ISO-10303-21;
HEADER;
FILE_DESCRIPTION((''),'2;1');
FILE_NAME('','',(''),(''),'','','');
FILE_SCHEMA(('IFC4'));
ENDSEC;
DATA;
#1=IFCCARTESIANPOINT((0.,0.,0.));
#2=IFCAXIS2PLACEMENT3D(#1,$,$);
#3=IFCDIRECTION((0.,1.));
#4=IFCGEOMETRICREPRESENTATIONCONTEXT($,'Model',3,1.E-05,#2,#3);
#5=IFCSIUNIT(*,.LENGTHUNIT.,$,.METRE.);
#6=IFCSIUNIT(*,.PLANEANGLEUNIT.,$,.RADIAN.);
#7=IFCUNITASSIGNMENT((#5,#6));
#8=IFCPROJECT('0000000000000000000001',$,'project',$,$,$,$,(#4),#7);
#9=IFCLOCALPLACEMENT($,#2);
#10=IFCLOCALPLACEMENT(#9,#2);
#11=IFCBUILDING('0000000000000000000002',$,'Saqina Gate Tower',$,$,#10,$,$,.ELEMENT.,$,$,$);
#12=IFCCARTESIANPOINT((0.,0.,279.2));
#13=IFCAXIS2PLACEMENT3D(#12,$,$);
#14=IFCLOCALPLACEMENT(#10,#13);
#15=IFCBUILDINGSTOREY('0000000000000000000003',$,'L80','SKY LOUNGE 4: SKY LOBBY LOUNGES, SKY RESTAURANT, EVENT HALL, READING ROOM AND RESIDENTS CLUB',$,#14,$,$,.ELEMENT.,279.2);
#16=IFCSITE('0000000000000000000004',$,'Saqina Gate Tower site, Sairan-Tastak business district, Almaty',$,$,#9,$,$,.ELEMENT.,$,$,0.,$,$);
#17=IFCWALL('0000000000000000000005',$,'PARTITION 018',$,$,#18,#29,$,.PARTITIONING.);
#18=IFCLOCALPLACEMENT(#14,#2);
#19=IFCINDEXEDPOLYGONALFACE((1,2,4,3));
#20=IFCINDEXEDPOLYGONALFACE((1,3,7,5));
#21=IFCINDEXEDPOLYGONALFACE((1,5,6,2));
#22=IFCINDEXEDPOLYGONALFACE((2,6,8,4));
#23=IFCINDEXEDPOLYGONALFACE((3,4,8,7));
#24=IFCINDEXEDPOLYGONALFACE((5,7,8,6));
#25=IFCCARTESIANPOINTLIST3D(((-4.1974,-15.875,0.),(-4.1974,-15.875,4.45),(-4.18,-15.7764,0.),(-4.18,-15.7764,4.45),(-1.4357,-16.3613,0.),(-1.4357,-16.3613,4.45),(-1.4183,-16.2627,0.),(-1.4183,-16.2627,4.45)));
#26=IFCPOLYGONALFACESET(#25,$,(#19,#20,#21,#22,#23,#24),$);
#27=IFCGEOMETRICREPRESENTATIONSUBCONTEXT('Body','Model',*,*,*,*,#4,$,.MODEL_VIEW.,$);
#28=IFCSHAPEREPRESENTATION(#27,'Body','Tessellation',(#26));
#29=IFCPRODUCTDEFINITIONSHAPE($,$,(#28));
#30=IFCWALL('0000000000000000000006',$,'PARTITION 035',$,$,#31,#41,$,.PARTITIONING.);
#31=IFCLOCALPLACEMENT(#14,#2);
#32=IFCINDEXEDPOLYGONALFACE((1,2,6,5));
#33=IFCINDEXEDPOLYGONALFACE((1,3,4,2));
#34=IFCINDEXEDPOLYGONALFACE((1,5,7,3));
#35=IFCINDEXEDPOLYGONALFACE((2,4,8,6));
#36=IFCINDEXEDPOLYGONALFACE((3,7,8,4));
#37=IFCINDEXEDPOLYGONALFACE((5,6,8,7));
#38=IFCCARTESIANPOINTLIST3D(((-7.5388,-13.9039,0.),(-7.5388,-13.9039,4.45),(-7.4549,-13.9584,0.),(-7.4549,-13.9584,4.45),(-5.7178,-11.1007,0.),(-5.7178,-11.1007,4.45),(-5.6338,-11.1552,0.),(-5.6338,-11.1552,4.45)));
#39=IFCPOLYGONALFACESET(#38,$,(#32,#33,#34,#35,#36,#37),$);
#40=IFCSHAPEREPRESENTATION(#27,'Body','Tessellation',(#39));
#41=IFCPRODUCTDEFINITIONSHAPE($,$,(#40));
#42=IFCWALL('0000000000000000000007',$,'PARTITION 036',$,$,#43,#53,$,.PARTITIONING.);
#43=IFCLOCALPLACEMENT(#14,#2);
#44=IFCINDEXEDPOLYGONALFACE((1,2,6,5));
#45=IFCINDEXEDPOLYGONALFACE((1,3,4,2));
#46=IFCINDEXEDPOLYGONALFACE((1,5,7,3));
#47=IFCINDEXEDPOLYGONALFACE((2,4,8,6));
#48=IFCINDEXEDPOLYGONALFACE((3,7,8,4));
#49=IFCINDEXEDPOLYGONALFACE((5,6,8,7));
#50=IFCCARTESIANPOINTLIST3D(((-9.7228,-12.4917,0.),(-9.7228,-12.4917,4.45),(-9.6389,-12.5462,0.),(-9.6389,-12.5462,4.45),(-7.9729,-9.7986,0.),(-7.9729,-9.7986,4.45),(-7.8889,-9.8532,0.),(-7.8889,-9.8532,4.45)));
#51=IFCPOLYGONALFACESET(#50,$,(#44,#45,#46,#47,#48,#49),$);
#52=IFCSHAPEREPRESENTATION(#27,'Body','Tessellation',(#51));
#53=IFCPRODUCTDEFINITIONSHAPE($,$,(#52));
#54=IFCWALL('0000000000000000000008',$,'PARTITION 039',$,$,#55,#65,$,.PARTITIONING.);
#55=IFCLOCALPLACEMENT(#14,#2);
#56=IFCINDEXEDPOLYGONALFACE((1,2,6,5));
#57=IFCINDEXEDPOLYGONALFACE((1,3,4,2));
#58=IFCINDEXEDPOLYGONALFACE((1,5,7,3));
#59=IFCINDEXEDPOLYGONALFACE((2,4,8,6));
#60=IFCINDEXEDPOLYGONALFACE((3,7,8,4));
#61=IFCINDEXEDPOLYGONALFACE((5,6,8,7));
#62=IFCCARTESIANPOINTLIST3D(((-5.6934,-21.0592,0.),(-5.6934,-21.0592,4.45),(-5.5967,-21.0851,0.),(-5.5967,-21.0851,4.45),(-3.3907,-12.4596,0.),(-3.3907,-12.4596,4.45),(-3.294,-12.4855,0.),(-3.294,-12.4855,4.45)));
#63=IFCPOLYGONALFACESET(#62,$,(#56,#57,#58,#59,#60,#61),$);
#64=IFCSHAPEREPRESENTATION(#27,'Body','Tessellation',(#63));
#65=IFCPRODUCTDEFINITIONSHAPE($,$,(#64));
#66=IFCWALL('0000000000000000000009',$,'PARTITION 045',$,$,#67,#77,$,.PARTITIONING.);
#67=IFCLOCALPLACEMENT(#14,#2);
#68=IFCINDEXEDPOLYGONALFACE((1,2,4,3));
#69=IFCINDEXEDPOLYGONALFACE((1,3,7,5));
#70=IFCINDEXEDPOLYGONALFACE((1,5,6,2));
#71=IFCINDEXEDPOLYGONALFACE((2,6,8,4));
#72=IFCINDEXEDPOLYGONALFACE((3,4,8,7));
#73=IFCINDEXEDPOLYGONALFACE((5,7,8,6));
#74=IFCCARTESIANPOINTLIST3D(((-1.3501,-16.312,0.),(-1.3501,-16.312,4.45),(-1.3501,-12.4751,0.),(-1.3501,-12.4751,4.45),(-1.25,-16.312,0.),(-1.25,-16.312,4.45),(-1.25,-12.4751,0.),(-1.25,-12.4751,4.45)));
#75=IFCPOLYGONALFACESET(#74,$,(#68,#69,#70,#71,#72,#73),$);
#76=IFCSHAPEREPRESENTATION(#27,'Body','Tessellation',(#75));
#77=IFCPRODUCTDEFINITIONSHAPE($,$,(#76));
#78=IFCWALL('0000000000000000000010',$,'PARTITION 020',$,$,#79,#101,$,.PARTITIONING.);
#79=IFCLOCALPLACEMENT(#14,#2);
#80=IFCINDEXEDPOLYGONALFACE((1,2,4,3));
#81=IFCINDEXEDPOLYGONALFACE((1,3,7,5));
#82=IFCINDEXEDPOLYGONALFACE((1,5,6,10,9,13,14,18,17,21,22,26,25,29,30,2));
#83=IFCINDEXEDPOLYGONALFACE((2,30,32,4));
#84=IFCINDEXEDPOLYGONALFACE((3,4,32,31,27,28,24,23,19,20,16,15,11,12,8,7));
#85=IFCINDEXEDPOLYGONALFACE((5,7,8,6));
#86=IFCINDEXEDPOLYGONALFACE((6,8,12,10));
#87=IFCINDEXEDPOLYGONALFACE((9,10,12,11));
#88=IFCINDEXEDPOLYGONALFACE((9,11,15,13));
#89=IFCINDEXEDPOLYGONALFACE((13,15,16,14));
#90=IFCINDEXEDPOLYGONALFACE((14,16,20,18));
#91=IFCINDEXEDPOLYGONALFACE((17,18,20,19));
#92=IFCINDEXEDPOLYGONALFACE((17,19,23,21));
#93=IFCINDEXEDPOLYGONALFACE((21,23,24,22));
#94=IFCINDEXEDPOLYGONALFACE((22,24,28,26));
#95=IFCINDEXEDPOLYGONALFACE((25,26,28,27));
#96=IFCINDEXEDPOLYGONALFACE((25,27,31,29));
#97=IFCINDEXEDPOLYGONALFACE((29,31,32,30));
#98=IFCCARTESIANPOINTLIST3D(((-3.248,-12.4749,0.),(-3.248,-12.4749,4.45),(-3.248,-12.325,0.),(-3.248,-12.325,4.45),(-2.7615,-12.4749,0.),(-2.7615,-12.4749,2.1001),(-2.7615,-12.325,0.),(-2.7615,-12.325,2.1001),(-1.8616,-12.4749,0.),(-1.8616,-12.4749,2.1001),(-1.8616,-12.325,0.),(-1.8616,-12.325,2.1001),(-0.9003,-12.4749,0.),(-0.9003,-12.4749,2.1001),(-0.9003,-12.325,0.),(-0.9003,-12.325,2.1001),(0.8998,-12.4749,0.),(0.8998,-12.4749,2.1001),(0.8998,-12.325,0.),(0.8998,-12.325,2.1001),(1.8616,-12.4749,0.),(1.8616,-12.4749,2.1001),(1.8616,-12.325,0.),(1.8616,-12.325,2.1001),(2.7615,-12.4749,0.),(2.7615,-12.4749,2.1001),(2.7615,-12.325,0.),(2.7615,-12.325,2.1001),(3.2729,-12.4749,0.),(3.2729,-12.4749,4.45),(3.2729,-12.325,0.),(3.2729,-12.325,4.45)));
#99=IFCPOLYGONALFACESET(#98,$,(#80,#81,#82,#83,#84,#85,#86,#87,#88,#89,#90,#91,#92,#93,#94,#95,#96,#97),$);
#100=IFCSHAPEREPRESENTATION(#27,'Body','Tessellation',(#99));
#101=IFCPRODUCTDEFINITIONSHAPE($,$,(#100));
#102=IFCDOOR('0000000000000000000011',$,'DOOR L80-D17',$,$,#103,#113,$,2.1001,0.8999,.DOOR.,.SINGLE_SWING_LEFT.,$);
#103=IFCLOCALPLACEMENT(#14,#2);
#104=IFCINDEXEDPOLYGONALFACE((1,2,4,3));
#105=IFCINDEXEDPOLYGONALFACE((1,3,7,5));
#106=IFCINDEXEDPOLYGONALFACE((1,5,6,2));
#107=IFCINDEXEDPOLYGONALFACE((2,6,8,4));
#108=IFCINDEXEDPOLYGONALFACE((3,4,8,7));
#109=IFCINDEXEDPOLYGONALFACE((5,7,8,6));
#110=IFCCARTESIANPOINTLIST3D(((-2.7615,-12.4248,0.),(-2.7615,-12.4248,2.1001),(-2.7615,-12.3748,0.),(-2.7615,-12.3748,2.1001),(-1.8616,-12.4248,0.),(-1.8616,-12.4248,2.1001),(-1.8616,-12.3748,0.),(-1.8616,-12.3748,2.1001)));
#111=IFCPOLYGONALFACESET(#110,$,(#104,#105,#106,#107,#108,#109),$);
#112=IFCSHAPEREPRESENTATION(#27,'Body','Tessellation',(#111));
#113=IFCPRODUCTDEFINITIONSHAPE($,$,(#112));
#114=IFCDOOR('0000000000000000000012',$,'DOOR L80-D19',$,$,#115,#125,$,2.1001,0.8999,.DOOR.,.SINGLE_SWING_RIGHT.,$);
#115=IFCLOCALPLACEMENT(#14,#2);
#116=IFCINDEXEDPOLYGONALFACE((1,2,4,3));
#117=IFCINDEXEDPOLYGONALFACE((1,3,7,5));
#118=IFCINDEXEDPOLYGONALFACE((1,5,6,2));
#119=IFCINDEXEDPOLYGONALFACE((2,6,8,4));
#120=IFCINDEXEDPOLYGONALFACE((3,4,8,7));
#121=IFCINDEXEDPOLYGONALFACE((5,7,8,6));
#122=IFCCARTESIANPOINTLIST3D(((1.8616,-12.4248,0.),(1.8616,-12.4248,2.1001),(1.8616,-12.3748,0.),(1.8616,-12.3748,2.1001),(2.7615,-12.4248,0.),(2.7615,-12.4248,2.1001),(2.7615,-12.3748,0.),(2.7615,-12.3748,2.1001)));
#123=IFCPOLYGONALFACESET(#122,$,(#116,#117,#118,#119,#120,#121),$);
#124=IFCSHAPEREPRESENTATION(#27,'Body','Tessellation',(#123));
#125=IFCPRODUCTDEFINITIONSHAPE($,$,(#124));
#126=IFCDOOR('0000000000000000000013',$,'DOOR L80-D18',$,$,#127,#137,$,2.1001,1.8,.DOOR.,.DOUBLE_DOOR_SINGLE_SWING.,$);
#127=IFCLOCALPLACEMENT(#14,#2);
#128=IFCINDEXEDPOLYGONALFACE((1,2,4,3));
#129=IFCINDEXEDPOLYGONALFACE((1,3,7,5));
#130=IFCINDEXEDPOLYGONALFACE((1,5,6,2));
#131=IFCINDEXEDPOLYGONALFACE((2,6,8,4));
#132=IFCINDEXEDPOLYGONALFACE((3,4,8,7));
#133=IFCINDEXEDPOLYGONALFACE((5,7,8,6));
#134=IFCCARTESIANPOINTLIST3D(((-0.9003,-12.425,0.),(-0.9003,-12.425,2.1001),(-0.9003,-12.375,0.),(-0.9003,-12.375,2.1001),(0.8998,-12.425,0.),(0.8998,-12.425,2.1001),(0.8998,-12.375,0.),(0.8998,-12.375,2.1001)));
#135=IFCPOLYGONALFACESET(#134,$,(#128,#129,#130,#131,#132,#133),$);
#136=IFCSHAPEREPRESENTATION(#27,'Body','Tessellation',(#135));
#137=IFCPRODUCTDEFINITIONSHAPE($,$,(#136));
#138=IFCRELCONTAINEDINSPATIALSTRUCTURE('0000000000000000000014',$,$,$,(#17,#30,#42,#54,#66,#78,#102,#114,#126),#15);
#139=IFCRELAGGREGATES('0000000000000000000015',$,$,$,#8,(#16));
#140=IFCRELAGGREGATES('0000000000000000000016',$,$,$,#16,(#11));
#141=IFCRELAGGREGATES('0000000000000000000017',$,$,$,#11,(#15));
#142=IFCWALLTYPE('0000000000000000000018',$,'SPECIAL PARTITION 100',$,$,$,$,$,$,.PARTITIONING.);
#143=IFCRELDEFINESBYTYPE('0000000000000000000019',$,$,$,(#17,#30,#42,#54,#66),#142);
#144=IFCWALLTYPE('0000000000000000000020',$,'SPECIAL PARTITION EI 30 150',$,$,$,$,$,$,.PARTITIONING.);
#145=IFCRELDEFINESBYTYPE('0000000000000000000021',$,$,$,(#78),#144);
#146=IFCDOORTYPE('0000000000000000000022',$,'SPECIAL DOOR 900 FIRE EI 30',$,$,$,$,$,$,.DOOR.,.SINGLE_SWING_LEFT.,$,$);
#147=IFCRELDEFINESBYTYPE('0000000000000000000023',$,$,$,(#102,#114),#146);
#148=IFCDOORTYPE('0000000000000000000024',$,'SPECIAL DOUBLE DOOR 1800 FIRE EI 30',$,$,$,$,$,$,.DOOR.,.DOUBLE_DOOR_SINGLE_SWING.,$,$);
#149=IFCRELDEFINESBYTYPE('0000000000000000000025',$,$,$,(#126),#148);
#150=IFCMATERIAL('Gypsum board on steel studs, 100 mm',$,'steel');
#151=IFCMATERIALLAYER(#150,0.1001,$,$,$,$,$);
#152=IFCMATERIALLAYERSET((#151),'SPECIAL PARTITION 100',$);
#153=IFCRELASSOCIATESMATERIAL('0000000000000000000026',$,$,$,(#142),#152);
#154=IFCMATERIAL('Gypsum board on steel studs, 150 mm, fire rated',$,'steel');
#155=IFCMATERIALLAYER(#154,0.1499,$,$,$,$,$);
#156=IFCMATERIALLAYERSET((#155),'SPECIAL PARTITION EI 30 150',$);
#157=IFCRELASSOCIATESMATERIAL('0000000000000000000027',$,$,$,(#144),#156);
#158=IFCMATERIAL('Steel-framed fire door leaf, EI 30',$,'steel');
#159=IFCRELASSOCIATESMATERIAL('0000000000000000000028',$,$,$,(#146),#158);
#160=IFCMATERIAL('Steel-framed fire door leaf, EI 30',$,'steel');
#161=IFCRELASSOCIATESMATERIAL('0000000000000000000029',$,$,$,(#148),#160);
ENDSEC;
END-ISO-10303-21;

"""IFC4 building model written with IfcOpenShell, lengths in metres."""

from ifc_helpers import new_model, si_unit, direction, frame, frame_2d, origin, place, context, subcontext, project, spatial, rectangle, extrude, material, layer, layer_set, type_object, element, fill, save


model = new_model("IFC4")

# Units and contexts
model_context = context("Model", 3, precision=1e-05, world=origin(), true_north=direction((0.0, 1.0)))
body_context = subcontext(model_context, "Body", "Model", "MODEL_VIEW")
ifc_project = project(units=[si_unit("LENGTHUNIT", "METRE"), si_unit("PLANEANGLEUNIT", "RADIAN")], contexts=[model_context])

# Site, building, storey
site_placement = place(None, origin())
site = spatial("IfcSite", under=ifc_project, at=site_placement, Name="Saqina Gate Tower site, Sairan-Tastak business district, Almaty", CompositionType="ELEMENT", RefElevation=0.0)
building_placement = place(site_placement, origin())
building = spatial("IfcBuilding", under=site, at=building_placement, Name="Saqina Gate Tower", CompositionType="ELEMENT")
storey_placement = place(building_placement, frame((0.0, 0.0, 279.2)))
storey = spatial("IfcBuildingStorey", under=building, at=storey_placement, Name="L80", Description="SKY LOUNGE 4: SKY LOBBY LOUNGES, SKY RESTAURANT, EVENT HALL, READING ROOM AND RESIDENTS CLUB", CompositionType="ELEMENT", Elevation=279.2)

# Walls
ifc_material_1 = material(Name="Gypsum board on steel studs, 100 mm", Category="steel")
ifc_layer_1 = layer(ifc_material_1, 0.1001)
ifc_layer_set_1 = layer_set([ifc_layer_1], Name="SPECIAL PARTITION 100")
wall_type_1 = type_object("IfcWallType", Name="SPECIAL PARTITION 100", PredefinedType="PARTITIONING", material=ifc_layer_set_1)
wall_1_placement = place(storey_placement, frame((-4.1887, -15.8257, 0.0), z_axis=(0.0, 0.0, 1.0), x_axis=(0.984847, -0.173428, 0.0)))
element("IfcWall", 1, at=wall_1_placement, inside=storey, type_object=wall_type_1, Name="PARTITION 018", PredefinedType="PARTITIONING", context=body_context, shape_type="SweptSolid", body=[
    extrude(rectangle(XDim=2.8042, YDim=0.1001, at=frame_2d((1.4021, 0.0))), origin(), (0.0, 0.0, 1.0), 4.45),
])
wall_2_placement = place(storey_placement, frame((-7.4968, -13.9312, 0.0), z_axis=(0.0, 0.0, 1.0), x_axis=(0.544768, 0.838587, 0.0)))
element("IfcWall", 2, at=wall_2_placement, inside=storey, type_object=wall_type_1, Name="PARTITION 035", PredefinedType="PARTITIONING", context=body_context, shape_type="SweptSolid", body=[
    extrude(rectangle(XDim=3.3428, YDim=0.1001, at=frame_2d((1.6714, 0.0))), origin(), (0.0, 0.0, 1.0), 4.45),
])
wall_3_placement = place(storey_placement, frame((-9.6809, -12.519, 0.0), z_axis=(0.0, 0.0, 1.0), x_axis=(0.544873, 0.838518, 0.0)))
element("IfcWall", 3, at=wall_3_placement, inside=storey, type_object=wall_type_1, Name="PARTITION 036", PredefinedType="PARTITIONING", context=body_context, shape_type="SweptSolid", body=[
    extrude(rectangle(XDim=3.2117, YDim=0.1001, at=frame_2d((1.606, 0.0))), origin(), (0.0, 0.0, 1.0), 4.45),
])
wall_4_placement = place(storey_placement, frame((-5.645, -21.072, 0.0), z_axis=(0.0, 0.0, 1.0), x_axis=(0.258659, 0.965969, 0.0)))
element("IfcWall", 4, at=wall_4_placement, inside=storey, type_object=wall_type_1, Name="PARTITION 039", PredefinedType="PARTITIONING", context=body_context, shape_type="SweptSolid", body=[
    extrude(rectangle(XDim=8.9026, YDim=0.1001, at=frame_2d((4.4512, 0.0))), origin(), (0.0, 0.0, 1.0), 4.45),
])
wall_5_placement = place(storey_placement, frame((-1.3, -16.312, 0.0), z_axis=(0.0, 0.0, 1.0), x_axis=(0.0, 1.0, 0.0)))
element("IfcWall", 5, at=wall_5_placement, inside=storey, type_object=wall_type_1, Name="PARTITION 045", PredefinedType="PARTITIONING", context=body_context, shape_type="SweptSolid", body=[
    extrude(rectangle(XDim=3.8369, YDim=0.1001, at=frame_2d((1.9185, 0.0))), origin(), (0.0, 0.0, 1.0), 4.45),
])

# Wall, openings, doors
ifc_material_2 = material(Name="Gypsum board on steel studs, 150 mm, fire rated", Category="steel")
ifc_layer_2 = layer(ifc_material_2, 0.1499)
ifc_layer_set_2 = layer_set([ifc_layer_2], Name="SPECIAL PARTITION EI 30 150")
wall_type_2 = type_object("IfcWallType", Name="SPECIAL PARTITION EI 30 150", PredefinedType="PARTITIONING", material=ifc_layer_set_2)
wall_6_placement = place(storey_placement, frame((-3.248, -12.3999, 0.0), z_axis=(0.0, 0.0, 1.0), x_axis=(1.0, 0.0, 0.0)))
wall_6 = element("IfcWall", 6, at=wall_6_placement, inside=storey, type_object=wall_type_2, Name="PARTITION 020", PredefinedType="PARTITIONING", context=body_context, shape_type="SweptSolid", body=[
    extrude(rectangle(XDim=6.521, YDim=0.1499, at=frame_2d((3.2605, 0.0))), origin(), (0.0, 0.0, 1.0), 4.45),
])
opening_1_placement = place(wall_6_placement, frame((0.4866, 0.0, 0.0)))
opening_1 = element("IfcOpeningElement", 7, at=opening_1_placement, cuts=wall_6, PredefinedType="OPENING", context=body_context, shape_type="SweptSolid", body=[
    extrude(rectangle(XDim=0.8999, YDim=2.1001, at=frame_2d((0.45, 1.05))), frame((0.0, 0.0869, 0.0), z_axis=(0.0, -1.0, 0.0), x_axis=(1.0, 0.0, 0.0)), (0.0, 0.0, 1.0), 0.1738),
])
opening_2_placement = place(wall_6_placement, frame((2.3479, 0.0, 0.0)))
opening_2 = element("IfcOpeningElement", 8, at=opening_2_placement, cuts=wall_6, PredefinedType="OPENING", context=body_context, shape_type="SweptSolid", body=[
    extrude(rectangle(XDim=1.8, YDim=2.1001, at=frame_2d((0.8999, 1.05))), frame((0.0, 0.0869, 0.0), z_axis=(0.0, -1.0, 0.0), x_axis=(1.0, 0.0, 0.0)), (0.0, 0.0, 1.0), 0.1738),
])
opening_3_placement = place(wall_6_placement, frame((5.1096, 0.0, 0.0)))
opening_3 = element("IfcOpeningElement", 9, at=opening_3_placement, cuts=wall_6, PredefinedType="OPENING", context=body_context, shape_type="SweptSolid", body=[
    extrude(rectangle(XDim=0.8999, YDim=2.1001, at=frame_2d((0.45, 1.05))), frame((0.0, 0.0869, 0.0), z_axis=(0.0, -1.0, 0.0), x_axis=(1.0, 0.0, 0.0)), (0.0, 0.0, 1.0), 0.1738),
])
ifc_material_3 = material(Name="Steel-framed fire door leaf, EI 30", Category="steel")
door_type_1 = type_object("IfcDoorType", Name="SPECIAL DOOR 900 FIRE EI 30", OperationType="SINGLE_SWING_LEFT", PredefinedType="DOOR", material=ifc_material_3)
door_1_placement = place(opening_1_placement, frame((0.8999, 0.0, 0.0), z_axis=(0.0, 0.0, 1.0), x_axis=(-1.0, 0.0, 0.0)))
door_1 = element("IfcDoor", 10, at=door_1_placement, inside=storey, type_object=door_type_1, Name="DOOR L80-D17", OperationType="SINGLE_SWING_LEFT", OverallHeight=2.1001, OverallWidth=0.8999, PredefinedType="DOOR", context=body_context, shape_type="SweptSolid", body=[
    extrude(rectangle(XDim=0.8999, YDim=2.1001, at=frame_2d((0.45, 1.05))), frame((0.0, 0.0249, 0.0), z_axis=(0.0, -1.0, 0.0), x_axis=(1.0, 0.0, 0.0)), (0.0, 0.0, 1.0), 0.05),
])
fill(opening_1, door_1)
door_2_placement = place(opening_3_placement, frame((0.8999, 0.0, 0.0), z_axis=(0.0, 0.0, 1.0), x_axis=(-1.0, 0.0, 0.0)))
door_2 = element("IfcDoor", 11, at=door_2_placement, inside=storey, type_object=door_type_1, Name="DOOR L80-D19", OperationType="SINGLE_SWING_RIGHT", OverallHeight=2.1001, OverallWidth=0.8999, PredefinedType="DOOR", context=body_context, shape_type="SweptSolid", body=[
    extrude(rectangle(XDim=0.8999, YDim=2.1001, at=frame_2d((0.45, 1.05))), frame((0.0, 0.0249, 0.0), z_axis=(0.0, -1.0, 0.0), x_axis=(1.0, 0.0, 0.0)), (0.0, 0.0, 1.0), 0.05),
])
fill(opening_3, door_2)
ifc_material_4 = material(Name="Steel-framed fire door leaf, EI 30", Category="steel")
door_type_2 = type_object("IfcDoorType", Name="SPECIAL DOUBLE DOOR 1800 FIRE EI 30", OperationType="DOUBLE_DOOR_SINGLE_SWING", PredefinedType="DOOR", material=ifc_material_4)
door_3_placement = place(opening_2_placement, origin())
door_3 = element("IfcDoor", 12, at=door_3_placement, inside=storey, type_object=door_type_2, Name="DOOR L80-D18", OperationType="DOUBLE_DOOR_SINGLE_SWING", OverallHeight=2.1001, OverallWidth=1.8, PredefinedType="DOOR", context=body_context, shape_type="SweptSolid", body=[
    extrude(rectangle(XDim=1.8, YDim=2.1001, at=frame_2d((0.8999, 1.05))), frame((0.0, 0.0249, 0.0), z_axis=(0.0, -1.0, 0.0), x_axis=(1.0, 0.0, 0.0)), (0.0, 0.0, 1.0), 0.05),
])
fill(opening_2, door_3)

save(model, "model.ifc")
